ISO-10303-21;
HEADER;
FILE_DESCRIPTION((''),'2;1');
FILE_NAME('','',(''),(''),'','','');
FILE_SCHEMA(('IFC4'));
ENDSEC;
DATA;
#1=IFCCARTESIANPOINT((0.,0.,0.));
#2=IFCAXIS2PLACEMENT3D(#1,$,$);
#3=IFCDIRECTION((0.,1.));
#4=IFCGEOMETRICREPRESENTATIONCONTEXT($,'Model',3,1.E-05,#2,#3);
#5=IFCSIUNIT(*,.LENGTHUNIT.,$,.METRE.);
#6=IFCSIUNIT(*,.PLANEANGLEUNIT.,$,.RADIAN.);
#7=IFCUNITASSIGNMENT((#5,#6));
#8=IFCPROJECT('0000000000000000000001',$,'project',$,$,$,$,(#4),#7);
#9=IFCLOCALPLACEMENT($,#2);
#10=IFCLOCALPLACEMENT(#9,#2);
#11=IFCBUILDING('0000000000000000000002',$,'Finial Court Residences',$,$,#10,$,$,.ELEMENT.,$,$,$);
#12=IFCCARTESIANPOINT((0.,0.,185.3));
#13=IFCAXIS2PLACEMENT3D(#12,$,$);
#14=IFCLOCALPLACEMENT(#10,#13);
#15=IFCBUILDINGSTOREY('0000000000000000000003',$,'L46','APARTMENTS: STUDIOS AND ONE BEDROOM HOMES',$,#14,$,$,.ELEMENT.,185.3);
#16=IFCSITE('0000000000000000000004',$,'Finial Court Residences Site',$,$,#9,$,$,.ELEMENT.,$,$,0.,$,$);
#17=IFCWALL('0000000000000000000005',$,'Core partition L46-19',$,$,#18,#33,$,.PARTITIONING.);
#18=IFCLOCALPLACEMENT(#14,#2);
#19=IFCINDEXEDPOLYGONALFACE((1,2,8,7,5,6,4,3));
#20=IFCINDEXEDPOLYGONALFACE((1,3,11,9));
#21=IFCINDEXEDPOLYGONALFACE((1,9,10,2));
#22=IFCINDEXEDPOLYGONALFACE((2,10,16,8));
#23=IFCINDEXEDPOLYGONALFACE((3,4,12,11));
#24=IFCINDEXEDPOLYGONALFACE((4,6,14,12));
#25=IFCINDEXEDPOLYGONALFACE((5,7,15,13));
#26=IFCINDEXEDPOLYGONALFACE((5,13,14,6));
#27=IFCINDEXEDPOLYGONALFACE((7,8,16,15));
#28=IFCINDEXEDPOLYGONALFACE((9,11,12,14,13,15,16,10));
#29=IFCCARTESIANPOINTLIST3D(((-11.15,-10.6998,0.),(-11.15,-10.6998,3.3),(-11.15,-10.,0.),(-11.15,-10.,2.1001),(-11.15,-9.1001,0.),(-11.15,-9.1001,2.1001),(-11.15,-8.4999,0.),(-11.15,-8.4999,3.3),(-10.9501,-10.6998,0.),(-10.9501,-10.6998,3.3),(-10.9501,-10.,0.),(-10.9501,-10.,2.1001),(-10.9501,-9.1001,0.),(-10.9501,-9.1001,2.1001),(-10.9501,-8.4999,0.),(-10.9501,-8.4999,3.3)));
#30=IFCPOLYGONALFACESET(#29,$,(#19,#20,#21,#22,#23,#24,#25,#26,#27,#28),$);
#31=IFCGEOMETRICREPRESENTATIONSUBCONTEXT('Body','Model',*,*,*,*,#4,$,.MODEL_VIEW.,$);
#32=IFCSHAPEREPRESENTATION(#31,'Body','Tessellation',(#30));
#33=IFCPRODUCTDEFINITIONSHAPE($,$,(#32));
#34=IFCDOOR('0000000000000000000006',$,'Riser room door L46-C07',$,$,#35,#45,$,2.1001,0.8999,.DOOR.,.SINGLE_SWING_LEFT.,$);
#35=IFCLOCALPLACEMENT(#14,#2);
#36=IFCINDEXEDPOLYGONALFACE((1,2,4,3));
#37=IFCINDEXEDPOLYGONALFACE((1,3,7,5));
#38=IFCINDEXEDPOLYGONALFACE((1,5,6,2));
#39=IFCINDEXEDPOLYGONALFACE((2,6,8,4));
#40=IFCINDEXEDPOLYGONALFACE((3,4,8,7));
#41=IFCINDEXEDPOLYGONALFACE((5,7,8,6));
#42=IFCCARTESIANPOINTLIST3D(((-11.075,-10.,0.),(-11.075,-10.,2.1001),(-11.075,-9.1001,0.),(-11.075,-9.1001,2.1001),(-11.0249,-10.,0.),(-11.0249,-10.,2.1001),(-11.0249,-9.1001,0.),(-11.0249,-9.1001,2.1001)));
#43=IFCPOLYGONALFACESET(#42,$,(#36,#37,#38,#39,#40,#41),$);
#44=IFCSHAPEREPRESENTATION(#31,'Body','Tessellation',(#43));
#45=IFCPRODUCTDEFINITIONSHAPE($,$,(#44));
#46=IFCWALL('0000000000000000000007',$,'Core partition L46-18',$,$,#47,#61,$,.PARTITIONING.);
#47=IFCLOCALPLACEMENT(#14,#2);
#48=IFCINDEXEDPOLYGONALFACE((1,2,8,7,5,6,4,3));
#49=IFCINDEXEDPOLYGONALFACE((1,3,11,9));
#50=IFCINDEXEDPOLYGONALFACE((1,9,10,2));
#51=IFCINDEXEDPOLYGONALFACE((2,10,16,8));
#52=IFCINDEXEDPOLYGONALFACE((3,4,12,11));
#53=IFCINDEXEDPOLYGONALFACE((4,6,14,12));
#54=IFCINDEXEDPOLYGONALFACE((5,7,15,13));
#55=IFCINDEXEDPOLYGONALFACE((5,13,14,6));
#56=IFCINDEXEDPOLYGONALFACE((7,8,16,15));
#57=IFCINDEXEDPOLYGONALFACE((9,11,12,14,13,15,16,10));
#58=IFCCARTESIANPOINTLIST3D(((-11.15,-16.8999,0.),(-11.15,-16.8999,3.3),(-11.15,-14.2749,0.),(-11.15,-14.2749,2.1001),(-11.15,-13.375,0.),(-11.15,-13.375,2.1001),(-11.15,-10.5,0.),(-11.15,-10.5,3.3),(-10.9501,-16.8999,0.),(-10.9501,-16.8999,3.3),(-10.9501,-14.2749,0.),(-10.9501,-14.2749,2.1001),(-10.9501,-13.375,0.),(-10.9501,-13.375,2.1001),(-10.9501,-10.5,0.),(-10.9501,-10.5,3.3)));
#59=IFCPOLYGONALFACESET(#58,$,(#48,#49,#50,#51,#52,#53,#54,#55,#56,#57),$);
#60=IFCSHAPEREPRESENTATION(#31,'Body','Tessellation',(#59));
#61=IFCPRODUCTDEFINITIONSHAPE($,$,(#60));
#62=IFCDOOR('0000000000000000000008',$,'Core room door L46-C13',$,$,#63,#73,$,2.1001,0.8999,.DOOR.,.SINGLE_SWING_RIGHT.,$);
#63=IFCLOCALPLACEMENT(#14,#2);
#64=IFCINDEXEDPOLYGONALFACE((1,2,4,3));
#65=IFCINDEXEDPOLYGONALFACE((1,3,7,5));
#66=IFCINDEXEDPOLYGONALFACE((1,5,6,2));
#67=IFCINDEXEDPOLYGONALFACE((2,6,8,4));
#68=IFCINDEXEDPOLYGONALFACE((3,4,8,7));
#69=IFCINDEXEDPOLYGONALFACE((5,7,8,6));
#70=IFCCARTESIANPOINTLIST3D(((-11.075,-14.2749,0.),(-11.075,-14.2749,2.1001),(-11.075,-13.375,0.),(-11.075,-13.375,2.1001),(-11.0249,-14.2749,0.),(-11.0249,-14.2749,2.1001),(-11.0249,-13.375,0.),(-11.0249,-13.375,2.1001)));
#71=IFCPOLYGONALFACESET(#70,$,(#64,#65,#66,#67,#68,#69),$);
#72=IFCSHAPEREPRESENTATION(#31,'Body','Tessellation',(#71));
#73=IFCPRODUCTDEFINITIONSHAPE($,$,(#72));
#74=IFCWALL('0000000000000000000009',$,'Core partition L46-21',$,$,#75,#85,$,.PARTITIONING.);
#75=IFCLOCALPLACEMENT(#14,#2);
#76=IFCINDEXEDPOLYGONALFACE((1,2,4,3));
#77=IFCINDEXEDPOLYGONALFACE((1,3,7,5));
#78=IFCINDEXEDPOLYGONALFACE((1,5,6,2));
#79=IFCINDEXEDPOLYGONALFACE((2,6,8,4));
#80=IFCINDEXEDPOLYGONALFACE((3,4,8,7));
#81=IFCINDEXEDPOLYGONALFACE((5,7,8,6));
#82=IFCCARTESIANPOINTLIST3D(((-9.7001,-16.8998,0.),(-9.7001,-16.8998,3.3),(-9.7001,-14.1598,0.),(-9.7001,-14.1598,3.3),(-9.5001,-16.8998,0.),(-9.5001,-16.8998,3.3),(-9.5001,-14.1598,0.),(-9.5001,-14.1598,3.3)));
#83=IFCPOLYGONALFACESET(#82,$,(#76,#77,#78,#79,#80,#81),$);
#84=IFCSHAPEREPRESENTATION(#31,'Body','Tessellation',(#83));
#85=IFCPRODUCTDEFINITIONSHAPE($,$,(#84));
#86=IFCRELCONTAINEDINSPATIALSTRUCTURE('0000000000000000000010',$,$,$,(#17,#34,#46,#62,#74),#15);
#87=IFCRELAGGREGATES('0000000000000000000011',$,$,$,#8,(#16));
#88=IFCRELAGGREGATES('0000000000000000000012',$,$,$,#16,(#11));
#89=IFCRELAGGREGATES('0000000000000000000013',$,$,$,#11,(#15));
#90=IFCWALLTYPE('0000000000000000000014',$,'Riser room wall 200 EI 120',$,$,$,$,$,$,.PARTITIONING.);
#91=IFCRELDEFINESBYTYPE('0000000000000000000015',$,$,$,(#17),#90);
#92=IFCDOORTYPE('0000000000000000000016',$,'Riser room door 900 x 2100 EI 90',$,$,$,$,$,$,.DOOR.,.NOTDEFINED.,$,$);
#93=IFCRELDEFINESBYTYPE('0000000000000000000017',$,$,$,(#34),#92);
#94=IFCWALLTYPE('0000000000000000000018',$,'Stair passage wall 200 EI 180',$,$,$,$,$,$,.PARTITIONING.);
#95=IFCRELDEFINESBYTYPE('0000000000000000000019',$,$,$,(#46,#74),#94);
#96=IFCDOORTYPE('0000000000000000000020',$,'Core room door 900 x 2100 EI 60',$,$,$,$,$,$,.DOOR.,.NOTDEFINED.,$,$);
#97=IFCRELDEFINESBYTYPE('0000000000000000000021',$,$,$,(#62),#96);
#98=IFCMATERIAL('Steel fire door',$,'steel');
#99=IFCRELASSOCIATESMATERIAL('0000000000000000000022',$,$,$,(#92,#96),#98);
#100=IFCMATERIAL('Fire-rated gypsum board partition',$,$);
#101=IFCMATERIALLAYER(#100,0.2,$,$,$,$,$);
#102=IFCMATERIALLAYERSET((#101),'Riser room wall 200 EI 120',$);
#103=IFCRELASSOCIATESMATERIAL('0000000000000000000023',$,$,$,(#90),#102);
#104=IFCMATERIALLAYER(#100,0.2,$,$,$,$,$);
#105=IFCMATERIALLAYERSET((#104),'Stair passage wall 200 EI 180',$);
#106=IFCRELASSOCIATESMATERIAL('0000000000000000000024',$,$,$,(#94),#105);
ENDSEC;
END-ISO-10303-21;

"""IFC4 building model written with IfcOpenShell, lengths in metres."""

from ifc_helpers import new_model, si_unit, direction, frame, frame_2d, origin, place, context, subcontext, project, spatial, rectangle, extrude, material, layer, layer_set, type_object, element, fill, save


model = new_model("IFC4")

# Units and contexts
model_context = context("Model", 3, precision=1e-05, world=origin(), true_north=direction((0.0, 1.0)))
body_context = subcontext(model_context, "Body", "Model", "MODEL_VIEW")
ifc_project = project(units=[si_unit("LENGTHUNIT", "METRE"), si_unit("PLANEANGLEUNIT", "RADIAN")], contexts=[model_context])

# Site, building, storey
site_placement = place(None, origin())
site = spatial("IfcSite", under=ifc_project, at=site_placement, Name="Finial Court Residences Site", CompositionType="ELEMENT", RefElevation=0.0)
building_placement = place(site_placement, origin())
building = spatial("IfcBuilding", under=site, at=building_placement, Name="Finial Court Residences", CompositionType="ELEMENT")
storey_placement = place(building_placement, frame((0.0, 0.0, 185.3)))
storey = spatial("IfcBuildingStorey", under=building, at=storey_placement, Name="L46", Description="APARTMENTS: STUDIOS AND ONE BEDROOM HOMES", CompositionType="ELEMENT", Elevation=185.3)

# Shared definitions
ifc_material_1 = material(Name="Steel fire door", Category="steel")
door_type_1 = type_object("IfcDoorType", Name="Riser room door 900 x 2100 EI 90", OperationType="NOTDEFINED", PredefinedType="DOOR", material=ifc_material_1)

# Shared definitions
ifc_material_2 = material(Name="Fire-rated gypsum board partition")
ifc_layer_1 = layer(ifc_material_2, 0.2)
ifc_layer_set_1 = layer_set([ifc_layer_1], Name="Riser room wall 200 EI 120")
wall_type_1 = type_object("IfcWallType", Name="Riser room wall 200 EI 120", PredefinedType="PARTITIONING", material=ifc_layer_set_1)

# Walls, openings, doors
wall_1_placement = place(storey_placement, frame((-11.05, -10.7, 0.0), z_axis=(0.0, 0.0, 1.0), x_axis=(0.0, 1.0, 0.0)))
wall_1 = element("IfcWall", 1, at=wall_1_placement, inside=storey, type_object=wall_type_1, Name="Core partition L46-19", PredefinedType="PARTITIONING", context=body_context, shape_type="SweptSolid", body=[
    extrude(rectangle(XDim=2.2, YDim=0.2, at=frame_2d((1.1001, 0.0))), origin(), (0.0, 0.0, 1.0), 3.3),
])
opening_1_placement = place(wall_1_placement, frame((0.7, 0.0, 0.0)))
opening_1 = element("IfcOpeningElement", 2, at=opening_1_placement, cuts=wall_1, PredefinedType="OPENING", context=body_context, shape_type="SweptSolid", body=[
    extrude(rectangle(XDim=0.8999, YDim=2.1001, at=frame_2d((0.45, 1.05))), frame((0.0, 0.1099, 0.0), z_axis=(0.0, -1.0, 0.0), x_axis=(1.0, 0.0, 0.0)), (0.0, 0.0, 1.0), 0.22),
])
door_1_placement = place(opening_1_placement, origin())
door_1 = element("IfcDoor", 3, at=door_1_placement, inside=storey, type_object=door_type_1, Name="Riser room door L46-C07", OperationType="SINGLE_SWING_LEFT", OverallHeight=2.1001, OverallWidth=0.8999, PredefinedType="DOOR", context=body_context, shape_type="SweptSolid", body=[
    extrude(rectangle(XDim=0.8999, YDim=2.1001, at=frame_2d((0.45, 1.05))), frame((0.0, 0.0249, 0.0), z_axis=(0.0, -1.0, 0.0), x_axis=(1.0, 0.0, 0.0)), (0.0, 0.0, 1.0), 0.05),
])
fill(opening_1, door_1)
ifc_layer_2 = layer(ifc_material_2, 0.2)
ifc_layer_set_2 = layer_set([ifc_layer_2], Name="Stair passage wall 200 EI 180")
wall_type_2 = type_object("IfcWallType", Name="Stair passage wall 200 EI 180", PredefinedType="PARTITIONING", material=ifc_layer_set_2)
wall_2_placement = place(storey_placement, frame((-11.05, -16.8999, 0.0), z_axis=(0.0, 0.0, 1.0), x_axis=(0.0, 1.0, 0.0)))
wall_2 = element("IfcWall", 4, at=wall_2_placement, inside=storey, type_object=wall_type_2, Name="Core partition L46-18", PredefinedType="PARTITIONING", context=body_context, shape_type="SweptSolid", body=[
    extrude(rectangle(XDim=6.3999, YDim=0.2, at=frame_2d((3.2, 0.0))), origin(), (0.0, 0.0, 1.0), 3.3),
])
opening_2_placement = place(wall_2_placement, frame((2.625, 0.0, 0.0)))
opening_2 = element("IfcOpeningElement", 5, at=opening_2_placement, cuts=wall_2, PredefinedType="OPENING", context=body_context, shape_type="SweptSolid", body=[
    extrude(rectangle(XDim=0.8999, YDim=2.1001, at=frame_2d((0.45, 1.05))), frame((0.0, 0.1099, 0.0), z_axis=(0.0, -1.0, 0.0), x_axis=(1.0, 0.0, 0.0)), (0.0, 0.0, 1.0), 0.22),
])
door_type_2 = type_object("IfcDoorType", Name="Core room door 900 x 2100 EI 60", OperationType="NOTDEFINED", PredefinedType="DOOR", material=ifc_material_1)
door_2_placement = place(opening_2_placement, origin())
door_2 = element("IfcDoor", 6, at=door_2_placement, inside=storey, type_object=door_type_2, Name="Core room door L46-C13", OperationType="SINGLE_SWING_RIGHT", OverallHeight=2.1001, OverallWidth=0.8999, PredefinedType="DOOR", context=body_context, shape_type="SweptSolid", body=[
    extrude(rectangle(XDim=0.8999, YDim=2.1001, at=frame_2d((0.45, 1.05))), frame((0.0, 0.0249, 0.0), z_axis=(0.0, -1.0, 0.0), x_axis=(1.0, 0.0, 0.0)), (0.0, 0.0, 1.0), 0.05),
])
fill(opening_2, door_2)

# Wall
wall_3_placement = place(storey_placement, frame((-9.6001, -16.8999, 0.0), z_axis=(0.0, 0.0, 1.0), x_axis=(0.0, 1.0, 0.0)))
element("IfcWall", 7, at=wall_3_placement, inside=storey, type_object=wall_type_2, Name="Core partition L46-21", PredefinedType="PARTITIONING", context=body_context, shape_type="SweptSolid", body=[
    extrude(rectangle(XDim=2.74, YDim=0.2, at=frame_2d((1.3701, 0.0))), origin(), (0.0, 0.0, 1.0), 3.3),
])

save(model, "model.ifc")
